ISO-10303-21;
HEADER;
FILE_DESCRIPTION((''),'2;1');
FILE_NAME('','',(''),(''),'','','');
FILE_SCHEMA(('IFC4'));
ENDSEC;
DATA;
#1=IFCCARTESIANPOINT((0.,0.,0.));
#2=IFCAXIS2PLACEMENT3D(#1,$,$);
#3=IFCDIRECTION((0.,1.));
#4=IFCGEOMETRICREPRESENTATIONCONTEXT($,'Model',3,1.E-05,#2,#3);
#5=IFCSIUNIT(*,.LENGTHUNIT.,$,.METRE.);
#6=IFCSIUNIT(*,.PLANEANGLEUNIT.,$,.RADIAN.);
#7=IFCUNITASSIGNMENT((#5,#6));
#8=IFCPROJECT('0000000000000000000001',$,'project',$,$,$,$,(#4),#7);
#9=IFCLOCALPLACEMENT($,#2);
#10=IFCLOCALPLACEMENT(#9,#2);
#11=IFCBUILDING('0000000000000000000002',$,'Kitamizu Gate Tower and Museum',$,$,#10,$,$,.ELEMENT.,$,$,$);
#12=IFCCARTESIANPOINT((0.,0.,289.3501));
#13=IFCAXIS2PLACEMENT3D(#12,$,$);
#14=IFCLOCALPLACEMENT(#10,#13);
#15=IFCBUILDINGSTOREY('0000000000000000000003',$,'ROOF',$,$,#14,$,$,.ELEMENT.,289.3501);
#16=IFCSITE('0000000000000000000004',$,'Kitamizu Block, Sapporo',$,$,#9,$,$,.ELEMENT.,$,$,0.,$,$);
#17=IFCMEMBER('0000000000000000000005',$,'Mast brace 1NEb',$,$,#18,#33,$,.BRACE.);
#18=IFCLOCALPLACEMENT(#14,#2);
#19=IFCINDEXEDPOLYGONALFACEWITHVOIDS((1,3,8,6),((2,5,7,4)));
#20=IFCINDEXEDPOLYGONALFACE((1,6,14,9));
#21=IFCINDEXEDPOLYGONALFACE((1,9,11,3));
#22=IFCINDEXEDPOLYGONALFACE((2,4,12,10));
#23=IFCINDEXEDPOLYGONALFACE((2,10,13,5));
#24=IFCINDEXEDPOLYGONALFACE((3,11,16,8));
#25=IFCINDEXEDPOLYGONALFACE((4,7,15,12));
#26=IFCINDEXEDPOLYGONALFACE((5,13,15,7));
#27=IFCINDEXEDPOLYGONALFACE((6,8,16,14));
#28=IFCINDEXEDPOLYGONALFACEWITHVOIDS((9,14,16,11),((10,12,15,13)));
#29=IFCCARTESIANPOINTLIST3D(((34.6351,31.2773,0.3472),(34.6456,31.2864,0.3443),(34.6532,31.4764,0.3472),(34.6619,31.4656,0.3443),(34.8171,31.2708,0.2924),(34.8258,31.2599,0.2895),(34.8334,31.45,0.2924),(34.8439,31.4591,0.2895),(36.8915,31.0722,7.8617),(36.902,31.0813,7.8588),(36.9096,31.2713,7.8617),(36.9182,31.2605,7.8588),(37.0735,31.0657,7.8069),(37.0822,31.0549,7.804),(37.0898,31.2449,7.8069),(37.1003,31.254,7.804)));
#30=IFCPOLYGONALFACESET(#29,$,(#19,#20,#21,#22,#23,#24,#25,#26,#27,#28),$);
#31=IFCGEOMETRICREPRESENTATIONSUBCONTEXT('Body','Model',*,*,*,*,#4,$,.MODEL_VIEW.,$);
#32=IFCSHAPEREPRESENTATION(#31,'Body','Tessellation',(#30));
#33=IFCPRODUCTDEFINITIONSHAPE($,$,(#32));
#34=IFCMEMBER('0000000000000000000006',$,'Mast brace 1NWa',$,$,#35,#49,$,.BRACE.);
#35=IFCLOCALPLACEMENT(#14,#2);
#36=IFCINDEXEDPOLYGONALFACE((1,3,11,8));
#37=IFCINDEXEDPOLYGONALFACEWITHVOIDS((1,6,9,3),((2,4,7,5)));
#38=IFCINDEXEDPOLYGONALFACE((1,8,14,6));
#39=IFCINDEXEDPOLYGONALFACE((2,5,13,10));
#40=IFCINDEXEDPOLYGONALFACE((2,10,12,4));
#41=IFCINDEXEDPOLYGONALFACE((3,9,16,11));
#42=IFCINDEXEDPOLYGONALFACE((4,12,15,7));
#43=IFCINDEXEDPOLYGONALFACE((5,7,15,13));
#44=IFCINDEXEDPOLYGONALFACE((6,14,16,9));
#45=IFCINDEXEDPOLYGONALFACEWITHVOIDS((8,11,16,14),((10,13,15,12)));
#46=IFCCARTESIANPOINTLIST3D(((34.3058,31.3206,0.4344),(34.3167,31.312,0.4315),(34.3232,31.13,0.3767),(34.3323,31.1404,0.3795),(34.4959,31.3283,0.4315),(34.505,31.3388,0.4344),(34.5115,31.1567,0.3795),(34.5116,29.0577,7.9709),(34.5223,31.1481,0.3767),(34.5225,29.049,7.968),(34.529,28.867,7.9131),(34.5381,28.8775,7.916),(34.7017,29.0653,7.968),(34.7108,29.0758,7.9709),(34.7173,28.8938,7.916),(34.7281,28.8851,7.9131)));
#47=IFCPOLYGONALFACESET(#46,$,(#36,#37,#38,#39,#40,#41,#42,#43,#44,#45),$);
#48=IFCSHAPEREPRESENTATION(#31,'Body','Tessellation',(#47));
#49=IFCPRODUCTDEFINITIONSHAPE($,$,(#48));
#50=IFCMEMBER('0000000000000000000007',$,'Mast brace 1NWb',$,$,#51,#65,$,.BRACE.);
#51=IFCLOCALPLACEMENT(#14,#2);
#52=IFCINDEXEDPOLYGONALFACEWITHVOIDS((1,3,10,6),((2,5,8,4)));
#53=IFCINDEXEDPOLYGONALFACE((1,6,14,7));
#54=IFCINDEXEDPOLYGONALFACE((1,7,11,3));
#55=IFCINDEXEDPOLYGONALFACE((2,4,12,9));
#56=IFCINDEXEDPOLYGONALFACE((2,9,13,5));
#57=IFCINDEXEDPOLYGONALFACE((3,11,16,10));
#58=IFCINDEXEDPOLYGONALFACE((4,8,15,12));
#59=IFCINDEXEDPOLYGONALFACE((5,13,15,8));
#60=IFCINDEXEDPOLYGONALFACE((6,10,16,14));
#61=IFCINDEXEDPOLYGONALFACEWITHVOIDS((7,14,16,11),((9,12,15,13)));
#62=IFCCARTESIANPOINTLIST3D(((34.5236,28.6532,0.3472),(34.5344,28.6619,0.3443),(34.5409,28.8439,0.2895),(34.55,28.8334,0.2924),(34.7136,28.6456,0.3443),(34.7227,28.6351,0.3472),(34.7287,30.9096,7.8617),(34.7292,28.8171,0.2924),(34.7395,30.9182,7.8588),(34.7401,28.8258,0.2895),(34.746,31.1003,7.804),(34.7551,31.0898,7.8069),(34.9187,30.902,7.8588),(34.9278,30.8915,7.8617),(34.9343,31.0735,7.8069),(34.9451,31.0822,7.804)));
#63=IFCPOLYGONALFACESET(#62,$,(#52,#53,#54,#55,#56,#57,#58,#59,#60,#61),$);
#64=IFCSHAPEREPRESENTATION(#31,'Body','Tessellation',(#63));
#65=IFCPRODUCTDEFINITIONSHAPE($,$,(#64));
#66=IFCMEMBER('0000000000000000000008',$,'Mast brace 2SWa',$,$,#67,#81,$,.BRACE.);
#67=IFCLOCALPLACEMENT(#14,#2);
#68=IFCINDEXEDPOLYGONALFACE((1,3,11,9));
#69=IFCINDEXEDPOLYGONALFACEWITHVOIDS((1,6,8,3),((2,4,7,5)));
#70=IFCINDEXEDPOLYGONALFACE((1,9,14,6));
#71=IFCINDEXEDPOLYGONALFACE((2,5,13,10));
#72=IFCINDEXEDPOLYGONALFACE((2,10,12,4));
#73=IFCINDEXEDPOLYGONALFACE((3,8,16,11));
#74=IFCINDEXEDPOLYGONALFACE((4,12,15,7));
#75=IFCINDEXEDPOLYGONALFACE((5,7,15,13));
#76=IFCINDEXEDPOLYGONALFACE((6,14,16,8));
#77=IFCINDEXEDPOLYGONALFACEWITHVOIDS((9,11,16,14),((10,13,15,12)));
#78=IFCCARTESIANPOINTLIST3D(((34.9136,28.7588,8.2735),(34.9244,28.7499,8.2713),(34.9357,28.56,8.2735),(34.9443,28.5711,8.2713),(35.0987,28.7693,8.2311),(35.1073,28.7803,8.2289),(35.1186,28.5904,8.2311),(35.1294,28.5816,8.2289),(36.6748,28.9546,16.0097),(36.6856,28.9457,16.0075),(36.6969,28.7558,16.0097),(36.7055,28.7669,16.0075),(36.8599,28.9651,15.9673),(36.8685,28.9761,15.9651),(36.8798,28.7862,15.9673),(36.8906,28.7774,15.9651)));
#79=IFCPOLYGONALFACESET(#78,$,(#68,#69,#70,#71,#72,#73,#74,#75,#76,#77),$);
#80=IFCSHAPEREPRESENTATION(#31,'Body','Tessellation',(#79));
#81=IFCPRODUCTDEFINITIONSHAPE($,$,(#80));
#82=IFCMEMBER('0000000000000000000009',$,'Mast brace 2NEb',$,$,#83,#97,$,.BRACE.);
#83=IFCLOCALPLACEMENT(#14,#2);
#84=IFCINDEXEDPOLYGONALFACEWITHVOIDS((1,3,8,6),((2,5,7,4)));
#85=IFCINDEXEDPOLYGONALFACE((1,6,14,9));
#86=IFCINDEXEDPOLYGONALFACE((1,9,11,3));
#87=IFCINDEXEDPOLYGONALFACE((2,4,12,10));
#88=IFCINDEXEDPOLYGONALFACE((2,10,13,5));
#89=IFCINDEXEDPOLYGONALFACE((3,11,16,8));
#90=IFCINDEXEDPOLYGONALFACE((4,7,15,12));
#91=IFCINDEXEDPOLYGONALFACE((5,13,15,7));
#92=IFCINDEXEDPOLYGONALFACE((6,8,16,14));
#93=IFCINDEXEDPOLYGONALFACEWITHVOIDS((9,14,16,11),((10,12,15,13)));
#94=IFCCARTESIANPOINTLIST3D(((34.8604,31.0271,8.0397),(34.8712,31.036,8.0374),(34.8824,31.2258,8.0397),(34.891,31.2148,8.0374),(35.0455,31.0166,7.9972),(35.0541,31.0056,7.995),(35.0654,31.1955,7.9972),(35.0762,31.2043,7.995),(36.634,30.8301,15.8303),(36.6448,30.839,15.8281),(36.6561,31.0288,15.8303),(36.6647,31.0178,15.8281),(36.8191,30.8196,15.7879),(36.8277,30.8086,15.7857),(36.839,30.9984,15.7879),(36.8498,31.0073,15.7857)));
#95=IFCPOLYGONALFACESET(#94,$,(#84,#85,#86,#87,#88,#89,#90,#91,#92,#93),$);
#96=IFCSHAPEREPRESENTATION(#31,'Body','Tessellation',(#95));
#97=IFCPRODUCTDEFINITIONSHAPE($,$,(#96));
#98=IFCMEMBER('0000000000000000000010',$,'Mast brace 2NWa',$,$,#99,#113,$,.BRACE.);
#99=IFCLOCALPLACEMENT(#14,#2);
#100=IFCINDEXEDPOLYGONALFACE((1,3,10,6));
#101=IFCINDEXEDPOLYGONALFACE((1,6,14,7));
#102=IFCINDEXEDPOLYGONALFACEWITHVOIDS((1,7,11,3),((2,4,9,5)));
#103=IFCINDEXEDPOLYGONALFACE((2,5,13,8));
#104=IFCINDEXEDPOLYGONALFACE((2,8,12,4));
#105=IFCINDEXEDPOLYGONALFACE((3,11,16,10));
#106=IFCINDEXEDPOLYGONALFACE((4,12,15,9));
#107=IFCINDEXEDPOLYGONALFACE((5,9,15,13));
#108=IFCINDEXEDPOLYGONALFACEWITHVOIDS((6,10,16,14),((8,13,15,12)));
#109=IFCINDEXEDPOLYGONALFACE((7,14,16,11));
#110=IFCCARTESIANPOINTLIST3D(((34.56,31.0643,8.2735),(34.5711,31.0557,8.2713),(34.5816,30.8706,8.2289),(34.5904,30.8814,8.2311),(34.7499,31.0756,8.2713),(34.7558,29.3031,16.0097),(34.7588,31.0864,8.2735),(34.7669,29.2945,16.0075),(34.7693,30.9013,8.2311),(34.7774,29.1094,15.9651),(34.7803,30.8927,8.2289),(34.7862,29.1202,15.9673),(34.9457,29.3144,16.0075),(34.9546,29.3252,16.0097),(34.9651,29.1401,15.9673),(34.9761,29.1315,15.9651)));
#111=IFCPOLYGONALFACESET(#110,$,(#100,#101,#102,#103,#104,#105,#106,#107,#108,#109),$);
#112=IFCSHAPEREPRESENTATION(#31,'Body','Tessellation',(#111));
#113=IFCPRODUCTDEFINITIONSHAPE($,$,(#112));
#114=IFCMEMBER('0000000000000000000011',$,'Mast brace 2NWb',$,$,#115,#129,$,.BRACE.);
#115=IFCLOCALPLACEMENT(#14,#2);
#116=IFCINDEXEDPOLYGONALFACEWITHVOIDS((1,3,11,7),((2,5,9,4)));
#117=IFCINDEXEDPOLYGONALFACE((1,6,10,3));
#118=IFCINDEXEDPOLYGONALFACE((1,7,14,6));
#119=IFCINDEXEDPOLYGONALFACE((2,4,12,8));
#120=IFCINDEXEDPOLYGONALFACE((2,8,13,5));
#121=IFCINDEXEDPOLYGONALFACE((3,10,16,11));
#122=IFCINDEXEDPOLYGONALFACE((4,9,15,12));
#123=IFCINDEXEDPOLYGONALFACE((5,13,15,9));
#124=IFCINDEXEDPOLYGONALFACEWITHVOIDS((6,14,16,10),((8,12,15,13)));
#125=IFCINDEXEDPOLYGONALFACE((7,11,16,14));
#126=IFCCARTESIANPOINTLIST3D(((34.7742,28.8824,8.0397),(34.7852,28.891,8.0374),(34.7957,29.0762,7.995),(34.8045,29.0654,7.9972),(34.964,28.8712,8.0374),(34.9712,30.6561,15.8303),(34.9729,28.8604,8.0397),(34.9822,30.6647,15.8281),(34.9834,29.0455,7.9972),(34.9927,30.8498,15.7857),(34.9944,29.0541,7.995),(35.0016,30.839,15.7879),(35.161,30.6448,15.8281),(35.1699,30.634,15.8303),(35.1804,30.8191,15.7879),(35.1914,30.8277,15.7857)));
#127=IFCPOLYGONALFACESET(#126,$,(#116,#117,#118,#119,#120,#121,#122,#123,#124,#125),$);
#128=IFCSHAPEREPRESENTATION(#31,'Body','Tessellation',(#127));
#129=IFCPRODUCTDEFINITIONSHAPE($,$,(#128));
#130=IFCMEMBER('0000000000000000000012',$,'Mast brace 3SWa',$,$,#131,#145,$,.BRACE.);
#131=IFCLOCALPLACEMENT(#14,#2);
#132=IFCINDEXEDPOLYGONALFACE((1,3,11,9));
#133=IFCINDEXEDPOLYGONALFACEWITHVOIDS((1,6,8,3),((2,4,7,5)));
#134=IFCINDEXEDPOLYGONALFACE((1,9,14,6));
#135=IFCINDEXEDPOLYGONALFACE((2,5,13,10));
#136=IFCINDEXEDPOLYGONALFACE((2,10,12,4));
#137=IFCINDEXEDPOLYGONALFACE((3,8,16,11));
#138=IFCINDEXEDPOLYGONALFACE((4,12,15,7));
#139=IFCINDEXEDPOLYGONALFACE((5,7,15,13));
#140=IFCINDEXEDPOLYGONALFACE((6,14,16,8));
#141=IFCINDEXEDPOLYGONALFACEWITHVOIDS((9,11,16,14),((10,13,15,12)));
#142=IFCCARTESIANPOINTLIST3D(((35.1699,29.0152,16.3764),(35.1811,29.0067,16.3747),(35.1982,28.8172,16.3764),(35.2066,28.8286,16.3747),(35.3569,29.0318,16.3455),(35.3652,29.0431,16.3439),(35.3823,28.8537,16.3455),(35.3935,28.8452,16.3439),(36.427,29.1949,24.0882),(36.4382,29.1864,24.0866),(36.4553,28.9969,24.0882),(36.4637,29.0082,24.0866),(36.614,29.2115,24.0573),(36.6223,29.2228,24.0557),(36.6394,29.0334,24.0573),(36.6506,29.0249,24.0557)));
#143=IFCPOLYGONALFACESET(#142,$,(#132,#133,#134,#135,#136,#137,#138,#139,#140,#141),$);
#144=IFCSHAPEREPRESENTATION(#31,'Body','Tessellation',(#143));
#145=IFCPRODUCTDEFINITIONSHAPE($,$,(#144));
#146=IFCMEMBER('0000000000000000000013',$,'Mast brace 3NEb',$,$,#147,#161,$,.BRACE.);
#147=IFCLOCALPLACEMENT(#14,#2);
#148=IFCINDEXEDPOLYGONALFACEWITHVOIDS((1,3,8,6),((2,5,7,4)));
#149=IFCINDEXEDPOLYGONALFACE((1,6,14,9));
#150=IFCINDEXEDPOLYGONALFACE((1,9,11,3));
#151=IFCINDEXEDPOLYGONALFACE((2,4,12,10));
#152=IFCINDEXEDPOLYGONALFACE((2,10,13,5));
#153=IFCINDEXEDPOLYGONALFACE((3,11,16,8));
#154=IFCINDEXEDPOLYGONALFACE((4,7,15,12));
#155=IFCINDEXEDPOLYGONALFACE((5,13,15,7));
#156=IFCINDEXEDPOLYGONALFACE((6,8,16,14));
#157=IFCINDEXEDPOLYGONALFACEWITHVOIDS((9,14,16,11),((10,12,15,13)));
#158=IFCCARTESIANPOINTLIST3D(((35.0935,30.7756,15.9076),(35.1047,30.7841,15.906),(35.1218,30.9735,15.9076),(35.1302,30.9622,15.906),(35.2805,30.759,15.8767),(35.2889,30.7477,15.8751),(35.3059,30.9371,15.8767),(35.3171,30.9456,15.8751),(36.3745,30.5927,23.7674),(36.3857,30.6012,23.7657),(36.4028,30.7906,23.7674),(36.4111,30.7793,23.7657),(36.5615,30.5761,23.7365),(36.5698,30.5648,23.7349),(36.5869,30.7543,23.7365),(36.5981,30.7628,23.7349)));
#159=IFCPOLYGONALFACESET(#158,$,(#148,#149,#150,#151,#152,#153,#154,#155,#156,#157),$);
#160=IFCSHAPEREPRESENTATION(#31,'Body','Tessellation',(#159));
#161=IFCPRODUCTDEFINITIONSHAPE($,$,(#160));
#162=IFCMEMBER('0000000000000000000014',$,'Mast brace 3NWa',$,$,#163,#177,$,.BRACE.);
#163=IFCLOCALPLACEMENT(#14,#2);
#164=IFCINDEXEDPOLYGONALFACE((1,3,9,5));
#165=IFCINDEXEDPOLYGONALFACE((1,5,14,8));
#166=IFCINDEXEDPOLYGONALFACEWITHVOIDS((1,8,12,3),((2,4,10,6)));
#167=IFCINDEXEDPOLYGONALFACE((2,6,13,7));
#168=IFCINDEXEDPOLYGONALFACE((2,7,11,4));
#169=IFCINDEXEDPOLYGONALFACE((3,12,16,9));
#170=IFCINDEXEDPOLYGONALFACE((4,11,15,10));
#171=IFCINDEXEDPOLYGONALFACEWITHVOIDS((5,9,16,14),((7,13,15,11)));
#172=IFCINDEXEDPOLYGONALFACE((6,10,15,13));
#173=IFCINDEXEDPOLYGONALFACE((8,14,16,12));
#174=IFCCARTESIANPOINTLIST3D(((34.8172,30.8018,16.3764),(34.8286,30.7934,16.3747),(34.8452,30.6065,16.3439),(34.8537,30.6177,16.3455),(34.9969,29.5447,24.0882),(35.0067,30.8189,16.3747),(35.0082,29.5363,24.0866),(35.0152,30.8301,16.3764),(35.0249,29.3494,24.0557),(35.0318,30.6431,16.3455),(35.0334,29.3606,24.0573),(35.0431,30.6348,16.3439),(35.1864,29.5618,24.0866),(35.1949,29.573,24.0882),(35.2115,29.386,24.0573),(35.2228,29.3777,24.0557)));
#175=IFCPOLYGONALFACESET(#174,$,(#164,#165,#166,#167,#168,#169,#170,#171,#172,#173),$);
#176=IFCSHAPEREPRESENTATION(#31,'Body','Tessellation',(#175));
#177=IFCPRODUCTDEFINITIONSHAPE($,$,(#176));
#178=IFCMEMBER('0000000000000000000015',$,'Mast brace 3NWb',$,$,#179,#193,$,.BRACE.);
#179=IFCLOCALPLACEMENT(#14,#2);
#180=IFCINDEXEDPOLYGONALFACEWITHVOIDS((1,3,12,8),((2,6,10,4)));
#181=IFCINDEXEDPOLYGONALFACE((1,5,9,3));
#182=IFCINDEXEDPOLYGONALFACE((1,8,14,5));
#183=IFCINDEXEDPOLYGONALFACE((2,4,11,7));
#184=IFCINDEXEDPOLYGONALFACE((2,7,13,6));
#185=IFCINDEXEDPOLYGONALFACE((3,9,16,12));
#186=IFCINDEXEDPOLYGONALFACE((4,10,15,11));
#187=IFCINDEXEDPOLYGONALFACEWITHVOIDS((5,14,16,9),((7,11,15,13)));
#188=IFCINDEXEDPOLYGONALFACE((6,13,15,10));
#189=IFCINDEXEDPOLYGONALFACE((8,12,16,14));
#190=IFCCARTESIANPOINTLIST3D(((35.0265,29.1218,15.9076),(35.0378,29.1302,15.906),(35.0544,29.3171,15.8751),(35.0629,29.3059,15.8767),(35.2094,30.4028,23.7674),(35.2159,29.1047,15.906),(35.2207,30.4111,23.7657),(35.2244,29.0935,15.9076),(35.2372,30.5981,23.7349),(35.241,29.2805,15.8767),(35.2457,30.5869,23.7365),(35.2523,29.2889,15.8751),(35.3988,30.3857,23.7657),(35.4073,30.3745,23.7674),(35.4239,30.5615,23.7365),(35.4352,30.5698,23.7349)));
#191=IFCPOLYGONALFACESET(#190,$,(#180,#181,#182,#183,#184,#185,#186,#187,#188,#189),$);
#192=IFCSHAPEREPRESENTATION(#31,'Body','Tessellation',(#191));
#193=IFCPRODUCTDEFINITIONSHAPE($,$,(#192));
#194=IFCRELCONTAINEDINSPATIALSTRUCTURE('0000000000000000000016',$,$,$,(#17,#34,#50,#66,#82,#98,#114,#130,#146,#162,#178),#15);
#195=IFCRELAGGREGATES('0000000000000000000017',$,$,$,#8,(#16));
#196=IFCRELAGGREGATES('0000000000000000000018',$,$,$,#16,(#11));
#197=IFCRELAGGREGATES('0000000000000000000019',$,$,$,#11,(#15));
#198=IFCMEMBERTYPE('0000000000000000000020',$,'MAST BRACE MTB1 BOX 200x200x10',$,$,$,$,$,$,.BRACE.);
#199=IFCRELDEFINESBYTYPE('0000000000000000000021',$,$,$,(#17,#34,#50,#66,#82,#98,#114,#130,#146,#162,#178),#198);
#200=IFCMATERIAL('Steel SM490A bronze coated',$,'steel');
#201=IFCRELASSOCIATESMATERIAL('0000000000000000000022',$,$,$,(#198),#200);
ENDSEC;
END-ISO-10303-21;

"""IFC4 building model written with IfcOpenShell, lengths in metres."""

from ifc_helpers import new_model, si_unit, direction, frame, origin, origin_2d, place, context, subcontext, project, spatial, hollow_rectangle, extrude, material, material_profile, profile_set, type_object, element, save


model = new_model("IFC4")

# Units and contexts
model_context = context("Model", 3, precision=1e-05, world=origin(), true_north=direction((0.0, 1.0)))
body_context = subcontext(model_context, "Body", "Model", "MODEL_VIEW")
ifc_project = project(units=[si_unit("LENGTHUNIT", "METRE"), si_unit("PLANEANGLEUNIT", "RADIAN")], contexts=[model_context])

# Site, building, storey
site_placement = place(None, origin())
site = spatial("IfcSite", under=ifc_project, at=site_placement, Name="Kitamizu Block, Sapporo", CompositionType="ELEMENT", RefElevation=0.0)
building_placement = place(site_placement, origin())
building = spatial("IfcBuilding", under=site, at=building_placement, Name="Kitamizu Gate Tower and Museum", CompositionType="ELEMENT")
storey_placement = place(building_placement, frame((0.0, 0.0, 289.3501)))
storey = spatial("IfcBuildingStorey", under=building, at=storey_placement, Name="ROOF", CompositionType="ELEMENT", Elevation=289.3501)

# Members
ifc_material_1 = material(Name="Steel SM490A bronze coated", Category="steel")
ifc_material_profile_1 = material_profile(ifc_material_1, hollow_rectangle(XDim=0.2, YDim=0.2, WallThickness=0.01, at=origin_2d()), Name="BOX 200x200x10")
ifc_profile_set_1 = profile_set([ifc_material_profile_1], Name="Steel SM490A bronze coated")
member_type_1 = type_object("IfcMemberType", Name="MAST BRACE MTB1 BOX 200x200x10", PredefinedType="BRACE", material=ifc_profile_set_1)
member_1_placement = place(storey_placement, frame((34.7395, 31.3682, 0.3184), z_axis=(0.287487, -0.026129, 0.957428), x_axis=(0.090516, 0.995895, 0.0)))
element("IfcMember", 1, at=member_1_placement, inside=storey, type_object=member_type_1, Name="Mast brace 1NEb", PredefinedType="BRACE", context=body_context, shape_type="SweptSolid", body=[
    extrude(hollow_rectangle(XDim=0.2, YDim=0.2, WallThickness=0.01, at=origin_2d()), origin(), (0.0, 0.0, 1.0), 7.8486),
])
member_2_placement = place(storey_placement, frame((34.4141, 31.2344, 0.4055), z_axis=(0.026146, -0.287486, 0.957428), x_axis=(0.99589, 0.090574, 0.0)))
element("IfcMember", 2, at=member_2_placement, inside=storey, type_object=member_type_1, Name="Mast brace 1NWa", PredefinedType="BRACE", context=body_context, shape_type="SweptSolid", body=[
    extrude(hollow_rectangle(XDim=0.2, YDim=0.2, WallThickness=0.01, at=origin_2d()), origin(), (0.0, 0.0, 1.0), 7.8716),
])
member_3_placement = place(storey_placement, frame((34.6318, 28.7395, 0.3184), z_axis=(0.026129, 0.287487, 0.957428), x_axis=(-0.995895, 0.090516, 0.0)))
element("IfcMember", 3, at=member_3_placement, inside=storey, type_object=member_type_1, Name="Mast brace 1NWb", PredefinedType="BRACE", context=body_context, shape_type="SweptSolid", body=[
    extrude(hollow_rectangle(XDim=0.2, YDim=0.2, WallThickness=0.01, at=origin_2d()), origin(), (0.0, 0.0, 1.0), 7.8486),
])
member_4_placement = place(storey_placement, frame((35.0215, 28.6702, 8.2512), z_axis=(0.221917, 0.024671, 0.974753), x_axis=(-0.110492, 0.993877, 0.0)))
element("IfcMember", 4, at=member_4_placement, inside=storey, type_object=member_type_1, Name="Mast brace 2SWa", PredefinedType="BRACE", context=body_context, shape_type="SweptSolid", body=[
    extrude(hollow_rectangle(XDim=0.2, YDim=0.2, WallThickness=0.01, at=origin_2d()), origin(), (0.0, 0.0, 1.0), 7.9365),
])
member_5_placement = place(storey_placement, frame((34.9683, 31.1157, 8.0173), z_axis=(0.221917, -0.024651, 0.974754), x_axis=(0.110401, 0.993887, 0.0)))
element("IfcMember", 5, at=member_5_placement, inside=storey, type_object=member_type_1, Name="Mast brace 2NEb", PredefinedType="BRACE", context=body_context, shape_type="SweptSolid", body=[
    extrude(hollow_rectangle(XDim=0.2, YDim=0.2, WallThickness=0.01, at=origin_2d()), origin(), (0.0, 0.0, 1.0), 7.9924),
])
member_6_placement = place(storey_placement, frame((34.6702, 30.9785, 8.2512), z_axis=(0.024671, -0.221917, 0.974753), x_axis=(0.993877, 0.110492, 0.0)))
element("IfcMember", 6, at=member_6_placement, inside=storey, type_object=member_type_1, Name="Mast brace 2NWa", PredefinedType="BRACE", context=body_context, shape_type="SweptSolid", body=[
    extrude(hollow_rectangle(XDim=0.2, YDim=0.2, WallThickness=0.01, at=origin_2d()), origin(), (0.0, 0.0, 1.0), 7.9365),
])
member_7_placement = place(storey_placement, frame((34.8843, 28.9683, 8.0173), z_axis=(0.024651, 0.221917, 0.974754), x_axis=(-0.993887, 0.110401, 0.0)))
element("IfcMember", 7, at=member_7_placement, inside=storey, type_object=member_type_1, Name="Mast brace 2NWb", PredefinedType="BRACE", context=body_context, shape_type="SweptSolid", body=[
    extrude(hollow_rectangle(XDim=0.2, YDim=0.2, WallThickness=0.01, at=origin_2d()), origin(), (0.0, 0.0, 1.0), 7.9924),
])
member_8_placement = place(storey_placement, frame((35.2817, 28.9302, 16.3601), z_axis=(0.160839, 0.02299, 0.986713), x_axis=(-0.141502, 0.989938, 0.0)))
element("IfcMember", 8, at=member_8_placement, inside=storey, type_object=member_type_1, Name="Mast brace 3SWa", PredefinedType="BRACE", context=body_context, shape_type="SweptSolid", body=[
    extrude(hollow_rectangle(XDim=0.2, YDim=0.2, WallThickness=0.01, at=origin_2d()), origin(), (0.0, 0.0, 1.0), 7.8157),
])
member_9_placement = place(storey_placement, frame((35.2053, 30.8606, 15.8914), z_axis=(0.160816, -0.022956, 0.986717), x_axis=(0.141316, 0.989965, 0.0)))
element("IfcMember", 9, at=member_9_placement, inside=storey, type_object=member_type_1, Name="Mast brace 3NEb", PredefinedType="BRACE", context=body_context, shape_type="SweptSolid", body=[
    extrude(hollow_rectangle(XDim=0.2, YDim=0.2, WallThickness=0.01, at=origin_2d()), origin(), (0.0, 0.0, 1.0), 7.9656),
])
member_10_placement = place(storey_placement, frame((34.9302, 30.7183, 16.3601), z_axis=(0.02299, -0.160839, 0.986713), x_axis=(0.989938, 0.141502, 0.0)))
element("IfcMember", 10, at=member_10_placement, inside=storey, type_object=member_type_1, Name="Mast brace 3NWa", PredefinedType="BRACE", context=body_context, shape_type="SweptSolid", body=[
    extrude(hollow_rectangle(XDim=0.2, YDim=0.2, WallThickness=0.01, at=origin_2d()), origin(), (0.0, 0.0, 1.0), 7.8157),
])
member_11_placement = place(storey_placement, frame((35.1394, 29.2053, 15.8914), z_axis=(0.022956, 0.160816, 0.986717), x_axis=(-0.989965, 0.141316, 0.0)))
element("IfcMember", 11, at=member_11_placement, inside=storey, type_object=member_type_1, Name="Mast brace 3NWb", PredefinedType="BRACE", context=body_context, shape_type="SweptSolid", body=[
    extrude(hollow_rectangle(XDim=0.2, YDim=0.2, WallThickness=0.01, at=origin_2d()), origin(), (0.0, 0.0, 1.0), 7.9656),
])

save(model, "model.ifc")
